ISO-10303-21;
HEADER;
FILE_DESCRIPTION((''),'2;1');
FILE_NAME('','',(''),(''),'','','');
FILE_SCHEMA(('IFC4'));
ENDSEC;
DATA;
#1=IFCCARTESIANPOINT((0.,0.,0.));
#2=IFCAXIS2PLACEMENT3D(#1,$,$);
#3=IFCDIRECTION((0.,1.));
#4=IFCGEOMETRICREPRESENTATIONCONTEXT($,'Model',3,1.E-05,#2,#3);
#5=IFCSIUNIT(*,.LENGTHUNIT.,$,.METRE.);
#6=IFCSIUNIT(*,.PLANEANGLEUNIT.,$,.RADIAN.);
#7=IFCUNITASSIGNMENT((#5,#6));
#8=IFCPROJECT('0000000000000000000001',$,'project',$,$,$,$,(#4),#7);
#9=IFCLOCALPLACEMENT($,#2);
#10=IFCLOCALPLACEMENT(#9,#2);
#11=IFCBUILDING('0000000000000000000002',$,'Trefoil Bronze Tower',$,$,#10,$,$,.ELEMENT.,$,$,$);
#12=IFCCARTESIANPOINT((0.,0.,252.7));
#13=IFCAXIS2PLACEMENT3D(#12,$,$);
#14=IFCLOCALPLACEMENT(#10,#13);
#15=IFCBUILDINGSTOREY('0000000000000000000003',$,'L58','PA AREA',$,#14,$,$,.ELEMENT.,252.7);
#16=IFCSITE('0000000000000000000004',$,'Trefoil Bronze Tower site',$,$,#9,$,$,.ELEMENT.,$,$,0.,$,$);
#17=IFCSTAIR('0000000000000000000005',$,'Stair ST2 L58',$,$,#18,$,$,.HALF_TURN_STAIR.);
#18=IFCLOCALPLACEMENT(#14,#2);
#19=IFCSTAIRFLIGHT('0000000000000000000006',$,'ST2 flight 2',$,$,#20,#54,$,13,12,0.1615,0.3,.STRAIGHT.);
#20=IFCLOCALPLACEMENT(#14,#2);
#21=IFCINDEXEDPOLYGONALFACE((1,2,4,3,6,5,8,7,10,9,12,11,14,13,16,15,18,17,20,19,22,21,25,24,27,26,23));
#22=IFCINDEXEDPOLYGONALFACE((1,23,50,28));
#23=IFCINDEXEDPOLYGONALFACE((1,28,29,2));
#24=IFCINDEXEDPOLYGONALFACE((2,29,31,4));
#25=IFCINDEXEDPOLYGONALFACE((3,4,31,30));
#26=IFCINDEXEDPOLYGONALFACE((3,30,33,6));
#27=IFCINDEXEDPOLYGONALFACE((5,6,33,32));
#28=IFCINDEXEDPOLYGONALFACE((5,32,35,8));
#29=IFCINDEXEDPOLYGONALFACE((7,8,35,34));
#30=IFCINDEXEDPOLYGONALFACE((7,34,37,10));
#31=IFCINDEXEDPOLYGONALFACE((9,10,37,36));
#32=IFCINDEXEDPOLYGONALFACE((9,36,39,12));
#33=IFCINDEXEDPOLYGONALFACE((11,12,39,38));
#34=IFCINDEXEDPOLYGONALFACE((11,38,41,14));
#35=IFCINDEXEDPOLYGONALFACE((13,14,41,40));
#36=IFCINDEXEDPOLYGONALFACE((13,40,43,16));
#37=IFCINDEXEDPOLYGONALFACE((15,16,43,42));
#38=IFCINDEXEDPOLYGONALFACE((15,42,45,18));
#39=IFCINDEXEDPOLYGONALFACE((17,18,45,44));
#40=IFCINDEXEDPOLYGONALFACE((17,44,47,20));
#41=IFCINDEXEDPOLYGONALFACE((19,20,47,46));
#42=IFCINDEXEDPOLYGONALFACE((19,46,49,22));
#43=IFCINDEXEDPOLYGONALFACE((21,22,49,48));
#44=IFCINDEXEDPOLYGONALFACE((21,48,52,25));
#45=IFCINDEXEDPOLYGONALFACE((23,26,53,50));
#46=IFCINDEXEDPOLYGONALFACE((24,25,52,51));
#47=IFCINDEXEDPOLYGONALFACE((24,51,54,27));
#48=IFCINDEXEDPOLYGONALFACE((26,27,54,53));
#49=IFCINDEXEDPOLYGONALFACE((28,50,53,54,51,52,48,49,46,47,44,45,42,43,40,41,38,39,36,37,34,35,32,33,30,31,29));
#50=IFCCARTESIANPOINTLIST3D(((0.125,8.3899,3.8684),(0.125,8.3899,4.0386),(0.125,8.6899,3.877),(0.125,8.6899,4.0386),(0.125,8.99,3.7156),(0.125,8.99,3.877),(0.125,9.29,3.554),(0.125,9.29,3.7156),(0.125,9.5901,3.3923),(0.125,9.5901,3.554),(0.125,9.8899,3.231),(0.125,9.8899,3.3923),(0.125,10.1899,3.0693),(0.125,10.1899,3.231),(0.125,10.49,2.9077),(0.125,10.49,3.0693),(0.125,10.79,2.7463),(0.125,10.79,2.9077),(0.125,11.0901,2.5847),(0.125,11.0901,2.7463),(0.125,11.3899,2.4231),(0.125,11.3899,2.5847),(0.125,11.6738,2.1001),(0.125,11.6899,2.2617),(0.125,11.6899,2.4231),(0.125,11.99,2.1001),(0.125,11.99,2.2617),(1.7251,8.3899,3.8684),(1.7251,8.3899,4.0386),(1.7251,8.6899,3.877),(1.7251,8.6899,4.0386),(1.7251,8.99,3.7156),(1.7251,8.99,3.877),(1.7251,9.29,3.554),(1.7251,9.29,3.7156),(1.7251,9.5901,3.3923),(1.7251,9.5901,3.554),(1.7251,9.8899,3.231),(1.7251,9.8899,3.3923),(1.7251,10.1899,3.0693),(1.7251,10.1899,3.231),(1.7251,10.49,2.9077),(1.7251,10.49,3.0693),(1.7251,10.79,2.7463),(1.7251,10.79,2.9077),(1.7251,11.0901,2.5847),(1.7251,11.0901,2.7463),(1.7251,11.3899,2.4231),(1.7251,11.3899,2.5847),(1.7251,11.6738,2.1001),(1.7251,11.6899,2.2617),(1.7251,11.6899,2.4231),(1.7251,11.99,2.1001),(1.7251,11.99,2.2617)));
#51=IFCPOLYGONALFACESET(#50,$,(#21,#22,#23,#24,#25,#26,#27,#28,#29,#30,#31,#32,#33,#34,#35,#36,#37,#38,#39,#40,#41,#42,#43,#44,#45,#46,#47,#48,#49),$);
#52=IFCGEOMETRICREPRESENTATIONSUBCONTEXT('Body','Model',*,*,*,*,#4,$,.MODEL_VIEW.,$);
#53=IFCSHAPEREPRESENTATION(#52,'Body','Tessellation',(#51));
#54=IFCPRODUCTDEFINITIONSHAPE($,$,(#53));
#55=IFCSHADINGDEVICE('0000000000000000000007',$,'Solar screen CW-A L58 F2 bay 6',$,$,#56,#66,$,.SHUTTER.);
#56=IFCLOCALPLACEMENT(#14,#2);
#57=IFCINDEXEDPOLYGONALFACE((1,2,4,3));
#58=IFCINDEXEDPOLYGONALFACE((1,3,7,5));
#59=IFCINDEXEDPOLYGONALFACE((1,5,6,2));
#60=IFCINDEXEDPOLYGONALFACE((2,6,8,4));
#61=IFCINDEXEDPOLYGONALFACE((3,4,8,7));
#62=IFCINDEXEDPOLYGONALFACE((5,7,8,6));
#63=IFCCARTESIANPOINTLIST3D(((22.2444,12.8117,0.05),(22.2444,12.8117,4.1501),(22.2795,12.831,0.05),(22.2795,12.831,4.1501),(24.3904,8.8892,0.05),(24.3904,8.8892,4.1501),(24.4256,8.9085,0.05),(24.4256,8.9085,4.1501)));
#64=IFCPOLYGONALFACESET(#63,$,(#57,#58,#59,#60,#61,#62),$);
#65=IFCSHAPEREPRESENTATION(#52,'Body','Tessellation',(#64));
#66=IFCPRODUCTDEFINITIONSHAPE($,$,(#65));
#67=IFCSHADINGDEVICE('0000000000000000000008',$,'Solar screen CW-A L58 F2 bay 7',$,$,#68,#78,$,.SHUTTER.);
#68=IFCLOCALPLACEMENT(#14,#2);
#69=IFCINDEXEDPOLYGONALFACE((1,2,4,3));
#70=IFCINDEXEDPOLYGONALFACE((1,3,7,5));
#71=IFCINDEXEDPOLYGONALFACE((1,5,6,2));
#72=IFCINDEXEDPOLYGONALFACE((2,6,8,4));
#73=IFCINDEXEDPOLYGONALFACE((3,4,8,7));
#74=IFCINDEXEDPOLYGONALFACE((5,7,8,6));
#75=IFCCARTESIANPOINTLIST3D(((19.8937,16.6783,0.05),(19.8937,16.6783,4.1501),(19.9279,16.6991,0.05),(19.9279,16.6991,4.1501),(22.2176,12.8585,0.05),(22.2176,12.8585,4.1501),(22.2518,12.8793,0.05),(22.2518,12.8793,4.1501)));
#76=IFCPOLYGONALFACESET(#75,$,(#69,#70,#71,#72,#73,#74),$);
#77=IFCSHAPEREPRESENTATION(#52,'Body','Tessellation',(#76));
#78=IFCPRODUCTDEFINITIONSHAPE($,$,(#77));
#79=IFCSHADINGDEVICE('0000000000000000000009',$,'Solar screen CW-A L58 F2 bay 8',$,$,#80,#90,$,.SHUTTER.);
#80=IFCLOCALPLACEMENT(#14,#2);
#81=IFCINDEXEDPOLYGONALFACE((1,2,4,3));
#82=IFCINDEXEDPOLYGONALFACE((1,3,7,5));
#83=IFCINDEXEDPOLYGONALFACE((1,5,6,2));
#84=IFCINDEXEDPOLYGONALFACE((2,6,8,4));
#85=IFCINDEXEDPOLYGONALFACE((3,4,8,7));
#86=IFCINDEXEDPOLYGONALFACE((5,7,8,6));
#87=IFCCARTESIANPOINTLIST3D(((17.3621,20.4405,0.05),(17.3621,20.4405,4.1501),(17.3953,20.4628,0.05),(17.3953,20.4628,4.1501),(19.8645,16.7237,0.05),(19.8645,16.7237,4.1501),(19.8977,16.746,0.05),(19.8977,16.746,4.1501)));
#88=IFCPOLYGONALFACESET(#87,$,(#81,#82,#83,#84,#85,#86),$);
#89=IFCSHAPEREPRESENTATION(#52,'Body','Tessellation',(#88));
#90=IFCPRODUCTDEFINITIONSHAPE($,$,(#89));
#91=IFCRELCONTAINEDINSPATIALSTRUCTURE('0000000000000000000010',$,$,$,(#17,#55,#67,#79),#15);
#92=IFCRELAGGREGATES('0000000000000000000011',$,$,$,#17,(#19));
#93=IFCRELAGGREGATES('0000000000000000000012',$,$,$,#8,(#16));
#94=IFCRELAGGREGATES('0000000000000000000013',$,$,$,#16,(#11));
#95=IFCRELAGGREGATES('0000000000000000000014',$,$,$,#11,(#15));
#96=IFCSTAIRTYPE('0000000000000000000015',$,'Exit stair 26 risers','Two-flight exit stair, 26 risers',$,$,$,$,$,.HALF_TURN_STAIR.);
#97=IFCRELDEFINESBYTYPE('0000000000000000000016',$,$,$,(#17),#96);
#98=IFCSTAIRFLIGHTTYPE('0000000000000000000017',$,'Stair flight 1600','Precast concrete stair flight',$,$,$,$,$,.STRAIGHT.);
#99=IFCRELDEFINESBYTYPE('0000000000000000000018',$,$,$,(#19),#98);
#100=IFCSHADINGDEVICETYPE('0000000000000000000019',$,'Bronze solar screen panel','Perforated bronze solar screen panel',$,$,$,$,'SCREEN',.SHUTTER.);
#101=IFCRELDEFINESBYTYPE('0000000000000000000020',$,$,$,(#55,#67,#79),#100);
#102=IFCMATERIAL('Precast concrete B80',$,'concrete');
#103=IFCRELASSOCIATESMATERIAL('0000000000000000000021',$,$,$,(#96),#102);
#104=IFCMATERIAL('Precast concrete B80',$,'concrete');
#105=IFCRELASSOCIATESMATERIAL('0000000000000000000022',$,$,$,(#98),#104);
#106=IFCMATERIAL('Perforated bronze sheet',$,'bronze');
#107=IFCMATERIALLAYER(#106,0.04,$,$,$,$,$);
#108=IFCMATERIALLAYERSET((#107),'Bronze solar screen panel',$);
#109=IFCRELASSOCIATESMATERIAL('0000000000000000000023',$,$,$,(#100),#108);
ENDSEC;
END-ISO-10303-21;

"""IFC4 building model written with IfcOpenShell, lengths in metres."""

from ifc_helpers import new_model, si_unit, direction, frame, origin, origin_2d, place, context, subcontext, project, spatial, polyline, rectangle, outline, extrude, material, layer, layer_set, type_object, element, aggregate, save


model = new_model("IFC4")

# Units and contexts
model_context = context("Model", 3, precision=1e-05, world=origin(), true_north=direction((0.0, 1.0)))
body_context = subcontext(model_context, "Body", "Model", "MODEL_VIEW")
ifc_project = project(units=[si_unit("LENGTHUNIT", "METRE"), si_unit("PLANEANGLEUNIT", "RADIAN")], contexts=[model_context])

# Site, building, storey
site_placement = place(None, origin())
site = spatial("IfcSite", under=ifc_project, at=site_placement, Name="Trefoil Bronze Tower site", CompositionType="ELEMENT", RefElevation=0.0)
building_placement = place(site_placement, origin())
building = spatial("IfcBuilding", under=site, at=building_placement, Name="Trefoil Bronze Tower", CompositionType="ELEMENT")
storey_placement = place(building_placement, frame((0.0, 0.0, 252.7)))
storey = spatial("IfcBuildingStorey", under=building, at=storey_placement, Name="L58", Description="PA AREA", CompositionType="ELEMENT", Elevation=252.7)

# Stair, stair flight
ifc_material_1 = material(Name="Precast concrete B80", Category="concrete")
stair_type = type_object("IfcStairType", Name="Exit stair 26 risers", Description="Two-flight exit stair, 26 risers", PredefinedType="HALF_TURN_STAIR", material=ifc_material_1)
stair_placement = place(storey_placement, origin())
stair = element("IfcStair", 1, at=stair_placement, inside=storey, type_object=stair_type, Name="Stair ST2 L58", PredefinedType="HALF_TURN_STAIR")
ifc_material_2 = material(Name="Precast concrete B80", Category="concrete")
stair_flight_type = type_object("IfcStairFlightType", Name="Stair flight 1600", Description="Precast concrete stair flight", PredefinedType="STRAIGHT", material=ifc_material_2)
stair_flight_placement = place(storey_placement, frame((0.925, 11.99, 2.1001), z_axis=(0.0, 0.0, 1.0), x_axis=(0.0, -1.0, 0.0)))
stair_flight = element("IfcStairFlight", 2, at=stair_flight_placement, type_object=stair_flight_type, Name="ST2 flight 2", NumberOfRisers=13, NumberOfTreads=12, PredefinedType="STRAIGHT", RiserHeight=0.1615, TreadLength=0.3, context=body_context, shape_type="SweptSolid", body=[
    extrude(outline(polyline([(0.0, 0.0), (0.0, 0.1616), (0.3, 0.1616), (0.3, 0.323), (0.6001, 0.323), (0.6001, 0.4846), (0.8999, 0.4846), (0.8999, 0.6462), (1.2, 0.6462), (1.2, 0.8076), (1.5, 0.8076), (1.5, 0.9692), (1.8, 0.9692), (1.8, 1.1309), (2.1001, 1.1309), (2.1001, 1.2922), (2.3999, 1.2922), (2.3999, 1.4539), (2.7, 1.4539), (2.7, 1.6155), (3.0, 1.6155), (3.0, 1.7769), (3.3, 1.7769), (3.3, 1.9385), (3.6001, 1.9385), (3.6001, 2.1001), (3.6001, 1.7683), (0.3162, 0.0), (0.0, 0.0)])), frame((0.0, 0.8, 0.0), z_axis=(0.0, -1.0, 0.0), x_axis=(1.0, 0.0, 0.0)), (0.0, 0.0, 1.0), 1.6001),
])
aggregate(stair, [stair_flight])

# Shading devices
ifc_material_3 = material(Name="Perforated bronze sheet", Category="bronze")
ifc_layer_1 = layer(ifc_material_3, 0.04)
ifc_layer_set_1 = layer_set([ifc_layer_1], Name="Bronze solar screen panel")
shading_device_type = type_object("IfcShadingDeviceType", Name="Bronze solar screen panel", Description="Perforated bronze solar screen panel", ElementType="SCREEN", PredefinedType="SHUTTER", material=ifc_layer_set_1)
for number, where, z_axis, x_axis, name in (
    (3, (23.335, 10.8601, 0.05), (0.0, 0.0, 1.0), (-0.479974, 0.877283, 0.0), "Solar screen CW-A L58 F2 bay 6"),
    (4, (21.0728, 14.7788, 0.05), (0.0, 0.0, 1.0), (-0.519762, 0.854311, 0.0), "Solar screen CW-A L58 F2 bay 7"),
):
    element("IfcShadingDevice", number, at=place(storey_placement, frame(where, z_axis=z_axis, x_axis=x_axis)), inside=storey, type_object=shading_device_type, Name=name, PredefinedType="SHUTTER", context=body_context, shape_type="SweptSolid", body=[
        extrude(rectangle(XDim=4.4712, YDim=0.04, at=origin_2d()), origin(), (0.0, 0.0, 1.0), 4.1001),
    ])
shading_device_placement = place(storey_placement, frame((18.6299, 18.5933, 0.05), z_axis=(0.0, 0.0, 1.0), x_axis=(-0.558493, 0.829509, 0.0)))
element("IfcShadingDevice", 5, at=shading_device_placement, inside=storey, type_object=shading_device_type, Name="Solar screen CW-A L58 F2 bay 8", PredefinedType="SHUTTER", context=body_context, shape_type="SweptSolid", body=[
    extrude(rectangle(XDim=4.4807, YDim=0.04, at=origin_2d()), origin(), (0.0, 0.0, 1.0), 4.1001),
])

save(model, "model.ifc")
